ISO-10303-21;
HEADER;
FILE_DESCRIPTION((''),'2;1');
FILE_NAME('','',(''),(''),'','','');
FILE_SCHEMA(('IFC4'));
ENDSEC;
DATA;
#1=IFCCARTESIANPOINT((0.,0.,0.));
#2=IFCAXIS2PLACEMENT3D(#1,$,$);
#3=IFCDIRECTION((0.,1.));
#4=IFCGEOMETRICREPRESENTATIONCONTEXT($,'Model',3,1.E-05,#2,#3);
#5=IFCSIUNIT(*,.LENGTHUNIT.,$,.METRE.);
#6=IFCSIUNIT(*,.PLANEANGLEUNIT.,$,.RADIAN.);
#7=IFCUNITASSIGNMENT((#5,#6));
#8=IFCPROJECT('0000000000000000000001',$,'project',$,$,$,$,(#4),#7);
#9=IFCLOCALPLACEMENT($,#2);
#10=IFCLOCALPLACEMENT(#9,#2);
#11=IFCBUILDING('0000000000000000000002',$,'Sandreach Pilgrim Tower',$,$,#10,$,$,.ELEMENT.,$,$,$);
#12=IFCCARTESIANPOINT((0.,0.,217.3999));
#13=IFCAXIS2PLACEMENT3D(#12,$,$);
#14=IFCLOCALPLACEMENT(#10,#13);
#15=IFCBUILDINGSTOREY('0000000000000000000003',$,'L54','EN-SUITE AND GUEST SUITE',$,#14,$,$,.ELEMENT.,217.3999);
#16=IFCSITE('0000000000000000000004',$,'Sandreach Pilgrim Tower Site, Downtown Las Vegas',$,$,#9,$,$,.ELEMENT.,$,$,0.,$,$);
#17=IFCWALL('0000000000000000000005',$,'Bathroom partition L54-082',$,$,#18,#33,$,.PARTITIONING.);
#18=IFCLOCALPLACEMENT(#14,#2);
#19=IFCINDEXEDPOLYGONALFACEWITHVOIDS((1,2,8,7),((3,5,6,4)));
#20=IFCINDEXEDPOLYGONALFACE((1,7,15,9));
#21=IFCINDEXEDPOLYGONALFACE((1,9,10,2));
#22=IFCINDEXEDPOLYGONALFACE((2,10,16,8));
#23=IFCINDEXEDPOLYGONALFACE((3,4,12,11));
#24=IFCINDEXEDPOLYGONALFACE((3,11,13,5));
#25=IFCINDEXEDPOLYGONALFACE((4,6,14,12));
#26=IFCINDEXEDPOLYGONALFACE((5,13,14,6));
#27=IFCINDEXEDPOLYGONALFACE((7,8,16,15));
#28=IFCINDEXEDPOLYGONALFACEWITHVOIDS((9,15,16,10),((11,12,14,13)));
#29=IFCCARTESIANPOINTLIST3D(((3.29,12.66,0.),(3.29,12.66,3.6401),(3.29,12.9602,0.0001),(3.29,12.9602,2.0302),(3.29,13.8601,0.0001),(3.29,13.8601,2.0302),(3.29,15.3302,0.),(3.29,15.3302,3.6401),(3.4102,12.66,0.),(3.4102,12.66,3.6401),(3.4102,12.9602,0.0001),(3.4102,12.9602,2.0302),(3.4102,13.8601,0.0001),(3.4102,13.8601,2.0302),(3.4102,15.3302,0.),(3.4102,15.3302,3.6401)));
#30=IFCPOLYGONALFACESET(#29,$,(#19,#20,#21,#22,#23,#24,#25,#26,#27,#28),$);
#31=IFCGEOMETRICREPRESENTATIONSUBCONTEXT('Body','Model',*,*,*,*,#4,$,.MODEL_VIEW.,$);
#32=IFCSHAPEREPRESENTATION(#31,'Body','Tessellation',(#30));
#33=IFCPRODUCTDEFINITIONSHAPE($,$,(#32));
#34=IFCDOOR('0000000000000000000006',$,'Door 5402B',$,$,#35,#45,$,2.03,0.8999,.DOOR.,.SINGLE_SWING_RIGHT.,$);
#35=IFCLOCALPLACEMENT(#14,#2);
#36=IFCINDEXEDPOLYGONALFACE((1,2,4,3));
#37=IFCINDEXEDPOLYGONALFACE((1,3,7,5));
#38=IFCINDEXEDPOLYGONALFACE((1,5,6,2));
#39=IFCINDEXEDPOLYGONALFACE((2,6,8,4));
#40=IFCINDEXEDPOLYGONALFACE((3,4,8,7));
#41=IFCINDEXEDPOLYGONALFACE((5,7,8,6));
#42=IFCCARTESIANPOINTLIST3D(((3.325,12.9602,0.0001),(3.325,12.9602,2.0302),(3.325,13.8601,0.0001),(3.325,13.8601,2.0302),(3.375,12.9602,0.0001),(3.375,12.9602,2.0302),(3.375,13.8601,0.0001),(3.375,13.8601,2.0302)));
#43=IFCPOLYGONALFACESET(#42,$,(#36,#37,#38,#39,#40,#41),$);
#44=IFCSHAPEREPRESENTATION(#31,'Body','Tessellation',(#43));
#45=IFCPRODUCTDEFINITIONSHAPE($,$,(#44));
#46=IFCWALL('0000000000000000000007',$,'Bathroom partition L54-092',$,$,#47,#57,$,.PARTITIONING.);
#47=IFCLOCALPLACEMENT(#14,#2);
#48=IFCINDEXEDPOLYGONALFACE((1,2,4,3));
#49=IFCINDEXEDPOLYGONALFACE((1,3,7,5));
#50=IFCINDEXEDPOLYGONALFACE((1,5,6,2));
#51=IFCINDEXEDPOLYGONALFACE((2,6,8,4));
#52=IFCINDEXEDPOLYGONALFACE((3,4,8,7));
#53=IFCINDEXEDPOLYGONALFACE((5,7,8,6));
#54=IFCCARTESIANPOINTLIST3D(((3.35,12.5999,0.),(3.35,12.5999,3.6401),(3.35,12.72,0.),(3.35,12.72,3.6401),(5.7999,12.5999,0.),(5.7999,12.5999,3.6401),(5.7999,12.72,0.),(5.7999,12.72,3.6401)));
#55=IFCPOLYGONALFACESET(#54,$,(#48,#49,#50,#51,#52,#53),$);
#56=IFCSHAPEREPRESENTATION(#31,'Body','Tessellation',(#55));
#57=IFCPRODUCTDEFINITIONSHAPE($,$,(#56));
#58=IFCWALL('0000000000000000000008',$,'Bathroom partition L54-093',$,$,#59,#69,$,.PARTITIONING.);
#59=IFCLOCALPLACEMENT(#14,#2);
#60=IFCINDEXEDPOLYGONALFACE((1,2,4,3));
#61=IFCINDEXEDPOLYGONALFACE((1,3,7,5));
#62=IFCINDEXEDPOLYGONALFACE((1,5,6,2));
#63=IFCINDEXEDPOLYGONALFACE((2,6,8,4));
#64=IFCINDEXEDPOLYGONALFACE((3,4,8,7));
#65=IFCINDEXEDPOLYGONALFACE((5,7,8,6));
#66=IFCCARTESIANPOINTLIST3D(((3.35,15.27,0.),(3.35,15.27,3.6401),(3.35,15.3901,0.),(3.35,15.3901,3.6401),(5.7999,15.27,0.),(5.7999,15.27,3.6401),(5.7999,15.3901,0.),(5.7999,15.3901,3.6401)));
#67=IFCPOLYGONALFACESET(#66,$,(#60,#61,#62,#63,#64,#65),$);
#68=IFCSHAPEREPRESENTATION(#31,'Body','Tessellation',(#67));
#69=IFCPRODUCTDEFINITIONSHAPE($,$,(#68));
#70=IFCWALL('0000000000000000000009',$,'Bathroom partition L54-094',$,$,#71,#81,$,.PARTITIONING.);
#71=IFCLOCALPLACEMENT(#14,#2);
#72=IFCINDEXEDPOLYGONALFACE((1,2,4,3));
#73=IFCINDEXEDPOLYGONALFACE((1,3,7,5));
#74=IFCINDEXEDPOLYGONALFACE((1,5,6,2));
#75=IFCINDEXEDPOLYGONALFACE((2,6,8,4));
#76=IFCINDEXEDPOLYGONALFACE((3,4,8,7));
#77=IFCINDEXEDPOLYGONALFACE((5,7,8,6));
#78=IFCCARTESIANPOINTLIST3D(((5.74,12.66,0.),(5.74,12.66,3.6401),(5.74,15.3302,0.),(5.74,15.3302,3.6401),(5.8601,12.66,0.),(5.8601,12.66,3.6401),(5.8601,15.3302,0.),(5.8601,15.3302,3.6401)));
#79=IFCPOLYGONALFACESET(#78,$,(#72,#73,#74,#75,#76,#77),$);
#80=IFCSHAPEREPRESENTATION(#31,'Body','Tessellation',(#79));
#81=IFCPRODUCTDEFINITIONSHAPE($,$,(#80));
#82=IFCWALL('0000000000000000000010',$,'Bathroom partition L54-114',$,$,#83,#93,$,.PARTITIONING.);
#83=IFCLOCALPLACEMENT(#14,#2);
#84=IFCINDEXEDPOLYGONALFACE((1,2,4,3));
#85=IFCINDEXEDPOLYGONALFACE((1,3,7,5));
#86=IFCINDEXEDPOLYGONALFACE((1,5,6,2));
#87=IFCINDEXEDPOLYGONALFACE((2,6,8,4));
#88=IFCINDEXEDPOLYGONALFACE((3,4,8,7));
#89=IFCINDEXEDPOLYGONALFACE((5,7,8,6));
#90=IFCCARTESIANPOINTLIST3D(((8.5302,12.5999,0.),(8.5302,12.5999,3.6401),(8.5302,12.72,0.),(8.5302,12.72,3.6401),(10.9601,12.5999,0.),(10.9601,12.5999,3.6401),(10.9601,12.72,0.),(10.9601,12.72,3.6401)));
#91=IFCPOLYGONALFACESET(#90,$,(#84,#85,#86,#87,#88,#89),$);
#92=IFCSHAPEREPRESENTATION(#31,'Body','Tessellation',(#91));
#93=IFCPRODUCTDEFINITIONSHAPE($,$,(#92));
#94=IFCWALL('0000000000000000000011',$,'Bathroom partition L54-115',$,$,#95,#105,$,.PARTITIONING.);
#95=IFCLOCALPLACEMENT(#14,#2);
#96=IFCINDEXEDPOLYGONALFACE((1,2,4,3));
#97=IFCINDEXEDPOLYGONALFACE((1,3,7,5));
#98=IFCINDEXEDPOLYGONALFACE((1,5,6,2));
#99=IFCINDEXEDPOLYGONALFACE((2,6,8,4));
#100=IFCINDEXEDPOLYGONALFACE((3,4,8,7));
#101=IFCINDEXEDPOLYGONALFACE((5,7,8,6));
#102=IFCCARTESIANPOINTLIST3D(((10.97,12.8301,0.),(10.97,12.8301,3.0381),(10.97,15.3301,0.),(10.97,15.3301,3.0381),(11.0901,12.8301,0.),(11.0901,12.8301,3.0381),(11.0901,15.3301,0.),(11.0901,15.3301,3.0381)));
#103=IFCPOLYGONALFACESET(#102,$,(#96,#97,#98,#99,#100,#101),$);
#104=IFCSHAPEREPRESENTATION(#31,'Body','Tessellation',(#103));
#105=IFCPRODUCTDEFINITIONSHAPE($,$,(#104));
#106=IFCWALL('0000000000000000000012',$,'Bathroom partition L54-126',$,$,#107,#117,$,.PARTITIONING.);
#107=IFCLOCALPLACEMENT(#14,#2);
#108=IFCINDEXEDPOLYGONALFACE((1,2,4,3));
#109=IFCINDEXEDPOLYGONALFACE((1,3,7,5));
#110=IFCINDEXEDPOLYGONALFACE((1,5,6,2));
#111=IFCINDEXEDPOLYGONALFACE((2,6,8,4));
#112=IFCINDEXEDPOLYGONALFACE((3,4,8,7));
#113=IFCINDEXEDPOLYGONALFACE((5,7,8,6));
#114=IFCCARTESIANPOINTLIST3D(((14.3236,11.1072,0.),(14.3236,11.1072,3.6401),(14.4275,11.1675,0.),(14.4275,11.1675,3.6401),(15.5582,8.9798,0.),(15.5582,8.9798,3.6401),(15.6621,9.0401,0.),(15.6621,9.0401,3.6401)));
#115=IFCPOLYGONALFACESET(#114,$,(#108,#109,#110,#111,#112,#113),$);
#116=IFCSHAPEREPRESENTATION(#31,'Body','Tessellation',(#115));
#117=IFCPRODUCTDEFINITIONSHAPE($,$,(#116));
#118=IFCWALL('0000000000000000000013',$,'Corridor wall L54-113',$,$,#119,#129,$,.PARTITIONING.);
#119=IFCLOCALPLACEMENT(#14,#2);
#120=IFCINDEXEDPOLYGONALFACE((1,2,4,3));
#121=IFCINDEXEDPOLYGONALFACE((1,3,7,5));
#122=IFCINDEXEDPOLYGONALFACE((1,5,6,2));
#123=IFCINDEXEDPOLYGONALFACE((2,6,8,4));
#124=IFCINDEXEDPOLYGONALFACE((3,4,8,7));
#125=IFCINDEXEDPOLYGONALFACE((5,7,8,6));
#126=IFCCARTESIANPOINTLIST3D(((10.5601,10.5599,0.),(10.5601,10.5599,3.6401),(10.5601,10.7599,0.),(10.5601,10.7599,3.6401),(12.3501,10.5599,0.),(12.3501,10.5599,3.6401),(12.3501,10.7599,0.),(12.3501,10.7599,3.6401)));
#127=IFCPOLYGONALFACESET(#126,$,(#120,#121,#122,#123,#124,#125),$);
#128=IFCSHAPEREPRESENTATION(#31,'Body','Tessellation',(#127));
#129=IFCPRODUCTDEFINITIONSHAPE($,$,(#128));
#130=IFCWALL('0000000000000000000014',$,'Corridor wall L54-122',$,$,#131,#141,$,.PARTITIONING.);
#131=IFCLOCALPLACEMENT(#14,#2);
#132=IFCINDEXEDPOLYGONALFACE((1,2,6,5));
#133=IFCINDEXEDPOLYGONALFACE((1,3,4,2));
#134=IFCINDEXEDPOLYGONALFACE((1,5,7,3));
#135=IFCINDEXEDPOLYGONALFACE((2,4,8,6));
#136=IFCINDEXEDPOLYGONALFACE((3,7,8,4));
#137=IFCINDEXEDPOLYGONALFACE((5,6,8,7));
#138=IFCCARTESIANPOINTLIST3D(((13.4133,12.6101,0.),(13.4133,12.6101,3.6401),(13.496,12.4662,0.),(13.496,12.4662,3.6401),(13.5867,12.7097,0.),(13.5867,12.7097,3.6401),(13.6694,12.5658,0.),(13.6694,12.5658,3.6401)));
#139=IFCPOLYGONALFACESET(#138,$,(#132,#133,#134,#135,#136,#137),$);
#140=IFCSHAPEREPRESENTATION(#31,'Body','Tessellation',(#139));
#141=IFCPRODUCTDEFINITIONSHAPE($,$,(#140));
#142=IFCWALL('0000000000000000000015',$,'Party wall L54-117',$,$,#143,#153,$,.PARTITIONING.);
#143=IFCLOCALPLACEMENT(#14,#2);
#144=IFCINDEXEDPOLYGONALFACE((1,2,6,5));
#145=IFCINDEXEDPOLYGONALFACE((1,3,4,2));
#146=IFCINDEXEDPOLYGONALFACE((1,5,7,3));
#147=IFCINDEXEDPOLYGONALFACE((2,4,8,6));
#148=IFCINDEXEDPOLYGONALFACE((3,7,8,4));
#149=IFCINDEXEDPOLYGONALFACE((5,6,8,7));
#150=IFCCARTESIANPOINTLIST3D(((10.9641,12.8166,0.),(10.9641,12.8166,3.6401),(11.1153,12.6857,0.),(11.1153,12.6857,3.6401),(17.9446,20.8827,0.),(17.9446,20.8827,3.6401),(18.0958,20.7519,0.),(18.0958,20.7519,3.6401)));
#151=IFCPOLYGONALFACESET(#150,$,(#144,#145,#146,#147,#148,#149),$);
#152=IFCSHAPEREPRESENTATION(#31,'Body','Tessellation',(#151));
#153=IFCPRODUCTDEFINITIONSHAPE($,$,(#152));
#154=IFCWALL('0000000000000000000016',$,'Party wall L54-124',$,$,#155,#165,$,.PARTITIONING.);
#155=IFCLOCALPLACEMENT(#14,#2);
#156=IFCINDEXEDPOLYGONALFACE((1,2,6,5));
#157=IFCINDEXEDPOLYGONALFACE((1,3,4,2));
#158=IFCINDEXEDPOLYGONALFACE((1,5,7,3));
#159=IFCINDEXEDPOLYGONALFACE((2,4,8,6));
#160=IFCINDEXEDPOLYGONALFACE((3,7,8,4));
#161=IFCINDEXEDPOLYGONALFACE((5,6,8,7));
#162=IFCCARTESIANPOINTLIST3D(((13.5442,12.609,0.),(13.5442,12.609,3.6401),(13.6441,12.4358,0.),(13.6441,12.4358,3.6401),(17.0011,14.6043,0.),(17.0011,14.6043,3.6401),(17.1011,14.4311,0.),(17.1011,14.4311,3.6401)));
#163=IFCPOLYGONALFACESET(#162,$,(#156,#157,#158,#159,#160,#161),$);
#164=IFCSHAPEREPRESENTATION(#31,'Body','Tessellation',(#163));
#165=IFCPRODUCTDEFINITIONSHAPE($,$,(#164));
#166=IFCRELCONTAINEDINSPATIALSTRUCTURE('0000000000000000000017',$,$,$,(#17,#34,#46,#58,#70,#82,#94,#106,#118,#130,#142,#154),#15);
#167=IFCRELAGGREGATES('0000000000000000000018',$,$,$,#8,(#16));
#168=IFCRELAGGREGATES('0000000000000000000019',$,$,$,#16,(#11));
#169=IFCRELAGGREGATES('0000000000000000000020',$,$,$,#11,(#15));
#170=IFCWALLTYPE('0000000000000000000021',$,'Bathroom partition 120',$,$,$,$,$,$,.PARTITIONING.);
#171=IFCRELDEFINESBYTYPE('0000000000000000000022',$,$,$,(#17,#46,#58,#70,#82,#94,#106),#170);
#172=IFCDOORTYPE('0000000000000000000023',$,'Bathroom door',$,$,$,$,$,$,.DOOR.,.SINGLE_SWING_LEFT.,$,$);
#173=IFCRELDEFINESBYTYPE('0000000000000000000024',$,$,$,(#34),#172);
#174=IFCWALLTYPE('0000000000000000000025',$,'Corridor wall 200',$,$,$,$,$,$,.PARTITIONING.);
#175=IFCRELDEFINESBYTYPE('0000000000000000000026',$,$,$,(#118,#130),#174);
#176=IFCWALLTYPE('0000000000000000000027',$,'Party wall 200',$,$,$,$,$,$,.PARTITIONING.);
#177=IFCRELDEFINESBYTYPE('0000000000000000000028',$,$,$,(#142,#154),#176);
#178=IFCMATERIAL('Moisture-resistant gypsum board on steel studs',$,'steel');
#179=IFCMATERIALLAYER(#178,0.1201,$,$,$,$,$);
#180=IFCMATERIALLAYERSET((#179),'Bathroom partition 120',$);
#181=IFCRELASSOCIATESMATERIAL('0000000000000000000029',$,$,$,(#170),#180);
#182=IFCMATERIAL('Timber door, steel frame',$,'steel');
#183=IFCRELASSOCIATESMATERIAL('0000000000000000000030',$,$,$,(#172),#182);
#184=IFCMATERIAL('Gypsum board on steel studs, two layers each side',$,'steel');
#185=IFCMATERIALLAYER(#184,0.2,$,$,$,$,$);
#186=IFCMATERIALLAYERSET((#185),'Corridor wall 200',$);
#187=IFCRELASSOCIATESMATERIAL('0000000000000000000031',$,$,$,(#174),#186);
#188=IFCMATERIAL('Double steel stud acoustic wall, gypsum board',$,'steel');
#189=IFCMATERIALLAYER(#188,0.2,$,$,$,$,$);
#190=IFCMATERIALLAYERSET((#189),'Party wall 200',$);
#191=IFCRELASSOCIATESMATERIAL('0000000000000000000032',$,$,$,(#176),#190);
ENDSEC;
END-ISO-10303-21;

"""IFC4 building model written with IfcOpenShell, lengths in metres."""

from ifc_helpers import new_model, si_unit, direction, frame, frame_2d, origin, place, context, subcontext, project, spatial, rectangle, extrude, material, layer, layer_set, type_object, element, fill, save


model = new_model("IFC4")

# Units and contexts
model_context = context("Model", 3, precision=1e-05, world=origin(), true_north=direction((0.0, 1.0)))
body_context = subcontext(model_context, "Body", "Model", "MODEL_VIEW")
ifc_project = project(units=[si_unit("LENGTHUNIT", "METRE"), si_unit("PLANEANGLEUNIT", "RADIAN")], contexts=[model_context])

# Site, building, storey
site_placement = place(None, origin())
site = spatial("IfcSite", under=ifc_project, at=site_placement, Name="Sandreach Pilgrim Tower Site, Downtown Las Vegas", CompositionType="ELEMENT", RefElevation=0.0)
building_placement = place(site_placement, origin())
building = spatial("IfcBuilding", under=site, at=building_placement, Name="Sandreach Pilgrim Tower", CompositionType="ELEMENT")
storey_placement = place(building_placement, frame((0.0, 0.0, 217.3999)))
storey = spatial("IfcBuildingStorey", under=building, at=storey_placement, Name="L54", Description="EN-SUITE AND GUEST SUITE", CompositionType="ELEMENT", Elevation=217.3999)

# Wall, opening, door
ifc_material_1 = material(Name="Moisture-resistant gypsum board on steel studs", Category="steel")
ifc_layer_1 = layer(ifc_material_1, 0.1201)
ifc_layer_set_1 = layer_set([ifc_layer_1], Name="Bathroom partition 120")
wall_type_1 = type_object("IfcWallType", Name="Bathroom partition 120", PredefinedType="PARTITIONING", material=ifc_layer_set_1)
wall_1_placement = place(storey_placement, frame((3.3501, 15.3301, 0.0), z_axis=(0.0, 0.0, 1.0), x_axis=(0.0, -1.0, 0.0)))
wall_1 = element("IfcWall", 1, at=wall_1_placement, inside=storey, type_object=wall_type_1, Name="Bathroom partition L54-082", PredefinedType="PARTITIONING", context=body_context, shape_type="SweptSolid", body=[
    extrude(rectangle(XDim=2.6702, YDim=0.1201, at=frame_2d((1.335, 0.0))), origin(), (0.0, 0.0, 1.0), 3.6401),
])
opening_1_placement = place(wall_1_placement, frame((1.47, 0.0, 0.0)))
opening_1 = element("IfcOpeningElement", 2, at=opening_1_placement, cuts=wall_1, PredefinedType="OPENING", context=body_context, shape_type="SweptSolid", body=[
    extrude(rectangle(XDim=0.8999, YDim=2.03, at=frame_2d((0.45, 1.0151))), frame((0.0, 0.0601, 0.0), z_axis=(0.0, -1.0, 0.0), x_axis=(1.0, 0.0, 0.0)), (0.0, 0.0, 1.0), 0.1201),
])
ifc_material_2 = material(Name="Timber door, steel frame", Category="steel")
door_type_1 = type_object("IfcDoorType", Name="Bathroom door", OperationType="SINGLE_SWING_LEFT", PredefinedType="DOOR", material=ifc_material_2)
door_1_placement = place(opening_1_placement, origin())
door_1 = element("IfcDoor", 3, at=door_1_placement, inside=storey, type_object=door_type_1, Name="Door 5402B", OperationType="SINGLE_SWING_RIGHT", OverallHeight=2.03, OverallWidth=0.8999, PredefinedType="DOOR", context=body_context, shape_type="SweptSolid", body=[
    extrude(rectangle(XDim=0.8999, YDim=2.03, at=frame_2d((0.45, 1.0151))), frame((0.0, 0.0249, 0.0), z_axis=(0.0, -1.0, 0.0), x_axis=(1.0, 0.0, 0.0)), (0.0, 0.0, 1.0), 0.05),
])
fill(opening_1, door_1)

# Walls
for number, where, z_axis, x_axis, name in (
    (4, (5.8, 12.6599, 0.0), (0.0, 0.0, 1.0), (-1.0, 0.0, 0.0), "Bathroom partition L54-092"),
    (5, (5.8, 15.3301, 0.0), (0.0, 0.0, 1.0), (-1.0, 0.0, 0.0), "Bathroom partition L54-093"),
):
    element("IfcWall", number, at=place(storey_placement, frame(where, z_axis=z_axis, x_axis=x_axis)), inside=storey, type_object=wall_type_1, Name=name, PredefinedType="PARTITIONING", context=body_context, shape_type="SweptSolid", body=[
        extrude(rectangle(XDim=2.45, YDim=0.1201, at=frame_2d((1.2251, 0.0))), origin(), (0.0, 0.0, 1.0), 3.6401),
    ])
wall_2_placement = place(storey_placement, frame((5.8, 15.3301, 0.0), z_axis=(0.0, 0.0, 1.0), x_axis=(0.0, -1.0, 0.0)))
element("IfcWall", 6, at=wall_2_placement, inside=storey, type_object=wall_type_1, Name="Bathroom partition L54-094", PredefinedType="PARTITIONING", context=body_context, shape_type="SweptSolid", body=[
    extrude(rectangle(XDim=2.6702, YDim=0.1201, at=frame_2d((1.335, 0.0))), origin(), (0.0, 0.0, 1.0), 3.6401),
])
wall_3_placement = place(storey_placement, frame((10.96, 12.6599, 0.0), z_axis=(0.0, 0.0, 1.0), x_axis=(-1.0, 0.0, 0.0)))
element("IfcWall", 7, at=wall_3_placement, inside=storey, type_object=wall_type_1, Name="Bathroom partition L54-114", PredefinedType="PARTITIONING", context=body_context, shape_type="SweptSolid", body=[
    extrude(rectangle(XDim=2.4299, YDim=0.1201, at=frame_2d((1.2148, 0.0))), origin(), (0.0, 0.0, 1.0), 3.6401),
])
wall_4_placement = place(storey_placement, frame((11.03, 12.8301, 0.0), z_axis=(0.0, 0.0, 1.0), x_axis=(0.0, 1.0, 0.0)))
element("IfcWall", 8, at=wall_4_placement, inside=storey, type_object=wall_type_1, Name="Bathroom partition L54-115", PredefinedType="PARTITIONING", context=body_context, shape_type="SweptSolid", body=[
    extrude(rectangle(XDim=2.5, YDim=0.1201, at=frame_2d((1.25, 0.0))), origin(), (0.0, 0.0, 1.0), 3.0381),
])
wall_5_placement = place(storey_placement, frame((14.3755, 11.1375, 0.0), z_axis=(0.0, 0.0, 1.0), x_axis=(0.501932, -0.864907, 0.0)))
element("IfcWall", 9, at=wall_5_placement, inside=storey, type_object=wall_type_1, Name="Bathroom partition L54-126", PredefinedType="PARTITIONING", context=body_context, shape_type="SweptSolid", body=[
    extrude(rectangle(XDim=2.4597, YDim=0.1201, at=frame_2d((1.23, 0.0))), origin(), (0.0, 0.0, 1.0), 3.6401),
])

# Shared definitions
ifc_material_3 = material(Name="Gypsum board on steel studs, two layers each side", Category="steel")
ifc_layer_2 = layer(ifc_material_3, 0.2)
ifc_layer_set_2 = layer_set([ifc_layer_2], Name="Corridor wall 200")
wall_type_2 = type_object("IfcWallType", Name="Corridor wall 200", PredefinedType="PARTITIONING", material=ifc_layer_set_2)

# Wall
wall_6_placement = place(storey_placement, frame((10.5601, 10.6599, 0.0), z_axis=(0.0, 0.0, 1.0), x_axis=(1.0, 0.0, 0.0)))
element("IfcWall", 10, at=wall_6_placement, inside=storey, type_object=wall_type_2, Name="Corridor wall L54-113", PredefinedType="PARTITIONING", context=body_context, shape_type="SweptSolid", body=[
    extrude(rectangle(XDim=1.79, YDim=0.2, at=frame_2d((0.895, 0.0))), origin(), (0.0, 0.0, 1.0), 3.6401),
])

# Wall
wall_7_placement = place(storey_placement, frame((13.5, 12.6599, 0.0), z_axis=(0.0, 0.0, 1.0), x_axis=(0.498195, -0.867065, 0.0)))
element("IfcWall", 11, at=wall_7_placement, inside=storey, type_object=wall_type_2, Name="Corridor wall L54-122", PredefinedType="PARTITIONING", context=body_context, shape_type="SweptSolid", body=[
    extrude(rectangle(XDim=0.166, YDim=0.2, at=frame_2d((0.083, 0.0))), origin(), (0.0, 0.0, 1.0), 3.6401),
])

# Walls
ifc_material_4 = material(Name="Double steel stud acoustic wall, gypsum board", Category="steel")
ifc_layer_3 = layer(ifc_material_4, 0.2)
ifc_layer_set_3 = layer_set([ifc_layer_3], Name="Party wall 200")
wall_type_3 = type_object("IfcWallType", Name="Party wall 200", PredefinedType="PARTITIONING", material=ifc_layer_set_3)
wall_8_placement = place(storey_placement, frame((11.0398, 12.7512, 0.0), z_axis=(0.0, 0.0, 1.0), x_axis=(0.654384, 0.756162, 0.0)))
element("IfcWall", 12, at=wall_8_placement, inside=storey, type_object=wall_type_3, Name="Party wall L54-117", PredefinedType="PARTITIONING", context=body_context, shape_type="SweptSolid", body=[
    extrude(rectangle(XDim=10.6672, YDim=0.2, at=frame_2d((5.3335, 0.0))), origin(), (0.0, 0.0, 1.0), 3.6401),
])
wall_9_placement = place(storey_placement, frame((13.5942, 12.5225, 0.0), z_axis=(0.0, 0.0, 1.0), x_axis=(0.866086, 0.499895, 0.0)))
element("IfcWall", 13, at=wall_9_placement, inside=storey, type_object=wall_type_3, Name="Party wall L54-124", PredefinedType="PARTITIONING", context=body_context, shape_type="SweptSolid", body=[
    extrude(rectangle(XDim=3.9915, YDim=0.2, at=frame_2d((1.9956, 0.0))), origin(), (0.0, 0.0, 1.0), 3.6401),
])

save(model, "model.ifc")
